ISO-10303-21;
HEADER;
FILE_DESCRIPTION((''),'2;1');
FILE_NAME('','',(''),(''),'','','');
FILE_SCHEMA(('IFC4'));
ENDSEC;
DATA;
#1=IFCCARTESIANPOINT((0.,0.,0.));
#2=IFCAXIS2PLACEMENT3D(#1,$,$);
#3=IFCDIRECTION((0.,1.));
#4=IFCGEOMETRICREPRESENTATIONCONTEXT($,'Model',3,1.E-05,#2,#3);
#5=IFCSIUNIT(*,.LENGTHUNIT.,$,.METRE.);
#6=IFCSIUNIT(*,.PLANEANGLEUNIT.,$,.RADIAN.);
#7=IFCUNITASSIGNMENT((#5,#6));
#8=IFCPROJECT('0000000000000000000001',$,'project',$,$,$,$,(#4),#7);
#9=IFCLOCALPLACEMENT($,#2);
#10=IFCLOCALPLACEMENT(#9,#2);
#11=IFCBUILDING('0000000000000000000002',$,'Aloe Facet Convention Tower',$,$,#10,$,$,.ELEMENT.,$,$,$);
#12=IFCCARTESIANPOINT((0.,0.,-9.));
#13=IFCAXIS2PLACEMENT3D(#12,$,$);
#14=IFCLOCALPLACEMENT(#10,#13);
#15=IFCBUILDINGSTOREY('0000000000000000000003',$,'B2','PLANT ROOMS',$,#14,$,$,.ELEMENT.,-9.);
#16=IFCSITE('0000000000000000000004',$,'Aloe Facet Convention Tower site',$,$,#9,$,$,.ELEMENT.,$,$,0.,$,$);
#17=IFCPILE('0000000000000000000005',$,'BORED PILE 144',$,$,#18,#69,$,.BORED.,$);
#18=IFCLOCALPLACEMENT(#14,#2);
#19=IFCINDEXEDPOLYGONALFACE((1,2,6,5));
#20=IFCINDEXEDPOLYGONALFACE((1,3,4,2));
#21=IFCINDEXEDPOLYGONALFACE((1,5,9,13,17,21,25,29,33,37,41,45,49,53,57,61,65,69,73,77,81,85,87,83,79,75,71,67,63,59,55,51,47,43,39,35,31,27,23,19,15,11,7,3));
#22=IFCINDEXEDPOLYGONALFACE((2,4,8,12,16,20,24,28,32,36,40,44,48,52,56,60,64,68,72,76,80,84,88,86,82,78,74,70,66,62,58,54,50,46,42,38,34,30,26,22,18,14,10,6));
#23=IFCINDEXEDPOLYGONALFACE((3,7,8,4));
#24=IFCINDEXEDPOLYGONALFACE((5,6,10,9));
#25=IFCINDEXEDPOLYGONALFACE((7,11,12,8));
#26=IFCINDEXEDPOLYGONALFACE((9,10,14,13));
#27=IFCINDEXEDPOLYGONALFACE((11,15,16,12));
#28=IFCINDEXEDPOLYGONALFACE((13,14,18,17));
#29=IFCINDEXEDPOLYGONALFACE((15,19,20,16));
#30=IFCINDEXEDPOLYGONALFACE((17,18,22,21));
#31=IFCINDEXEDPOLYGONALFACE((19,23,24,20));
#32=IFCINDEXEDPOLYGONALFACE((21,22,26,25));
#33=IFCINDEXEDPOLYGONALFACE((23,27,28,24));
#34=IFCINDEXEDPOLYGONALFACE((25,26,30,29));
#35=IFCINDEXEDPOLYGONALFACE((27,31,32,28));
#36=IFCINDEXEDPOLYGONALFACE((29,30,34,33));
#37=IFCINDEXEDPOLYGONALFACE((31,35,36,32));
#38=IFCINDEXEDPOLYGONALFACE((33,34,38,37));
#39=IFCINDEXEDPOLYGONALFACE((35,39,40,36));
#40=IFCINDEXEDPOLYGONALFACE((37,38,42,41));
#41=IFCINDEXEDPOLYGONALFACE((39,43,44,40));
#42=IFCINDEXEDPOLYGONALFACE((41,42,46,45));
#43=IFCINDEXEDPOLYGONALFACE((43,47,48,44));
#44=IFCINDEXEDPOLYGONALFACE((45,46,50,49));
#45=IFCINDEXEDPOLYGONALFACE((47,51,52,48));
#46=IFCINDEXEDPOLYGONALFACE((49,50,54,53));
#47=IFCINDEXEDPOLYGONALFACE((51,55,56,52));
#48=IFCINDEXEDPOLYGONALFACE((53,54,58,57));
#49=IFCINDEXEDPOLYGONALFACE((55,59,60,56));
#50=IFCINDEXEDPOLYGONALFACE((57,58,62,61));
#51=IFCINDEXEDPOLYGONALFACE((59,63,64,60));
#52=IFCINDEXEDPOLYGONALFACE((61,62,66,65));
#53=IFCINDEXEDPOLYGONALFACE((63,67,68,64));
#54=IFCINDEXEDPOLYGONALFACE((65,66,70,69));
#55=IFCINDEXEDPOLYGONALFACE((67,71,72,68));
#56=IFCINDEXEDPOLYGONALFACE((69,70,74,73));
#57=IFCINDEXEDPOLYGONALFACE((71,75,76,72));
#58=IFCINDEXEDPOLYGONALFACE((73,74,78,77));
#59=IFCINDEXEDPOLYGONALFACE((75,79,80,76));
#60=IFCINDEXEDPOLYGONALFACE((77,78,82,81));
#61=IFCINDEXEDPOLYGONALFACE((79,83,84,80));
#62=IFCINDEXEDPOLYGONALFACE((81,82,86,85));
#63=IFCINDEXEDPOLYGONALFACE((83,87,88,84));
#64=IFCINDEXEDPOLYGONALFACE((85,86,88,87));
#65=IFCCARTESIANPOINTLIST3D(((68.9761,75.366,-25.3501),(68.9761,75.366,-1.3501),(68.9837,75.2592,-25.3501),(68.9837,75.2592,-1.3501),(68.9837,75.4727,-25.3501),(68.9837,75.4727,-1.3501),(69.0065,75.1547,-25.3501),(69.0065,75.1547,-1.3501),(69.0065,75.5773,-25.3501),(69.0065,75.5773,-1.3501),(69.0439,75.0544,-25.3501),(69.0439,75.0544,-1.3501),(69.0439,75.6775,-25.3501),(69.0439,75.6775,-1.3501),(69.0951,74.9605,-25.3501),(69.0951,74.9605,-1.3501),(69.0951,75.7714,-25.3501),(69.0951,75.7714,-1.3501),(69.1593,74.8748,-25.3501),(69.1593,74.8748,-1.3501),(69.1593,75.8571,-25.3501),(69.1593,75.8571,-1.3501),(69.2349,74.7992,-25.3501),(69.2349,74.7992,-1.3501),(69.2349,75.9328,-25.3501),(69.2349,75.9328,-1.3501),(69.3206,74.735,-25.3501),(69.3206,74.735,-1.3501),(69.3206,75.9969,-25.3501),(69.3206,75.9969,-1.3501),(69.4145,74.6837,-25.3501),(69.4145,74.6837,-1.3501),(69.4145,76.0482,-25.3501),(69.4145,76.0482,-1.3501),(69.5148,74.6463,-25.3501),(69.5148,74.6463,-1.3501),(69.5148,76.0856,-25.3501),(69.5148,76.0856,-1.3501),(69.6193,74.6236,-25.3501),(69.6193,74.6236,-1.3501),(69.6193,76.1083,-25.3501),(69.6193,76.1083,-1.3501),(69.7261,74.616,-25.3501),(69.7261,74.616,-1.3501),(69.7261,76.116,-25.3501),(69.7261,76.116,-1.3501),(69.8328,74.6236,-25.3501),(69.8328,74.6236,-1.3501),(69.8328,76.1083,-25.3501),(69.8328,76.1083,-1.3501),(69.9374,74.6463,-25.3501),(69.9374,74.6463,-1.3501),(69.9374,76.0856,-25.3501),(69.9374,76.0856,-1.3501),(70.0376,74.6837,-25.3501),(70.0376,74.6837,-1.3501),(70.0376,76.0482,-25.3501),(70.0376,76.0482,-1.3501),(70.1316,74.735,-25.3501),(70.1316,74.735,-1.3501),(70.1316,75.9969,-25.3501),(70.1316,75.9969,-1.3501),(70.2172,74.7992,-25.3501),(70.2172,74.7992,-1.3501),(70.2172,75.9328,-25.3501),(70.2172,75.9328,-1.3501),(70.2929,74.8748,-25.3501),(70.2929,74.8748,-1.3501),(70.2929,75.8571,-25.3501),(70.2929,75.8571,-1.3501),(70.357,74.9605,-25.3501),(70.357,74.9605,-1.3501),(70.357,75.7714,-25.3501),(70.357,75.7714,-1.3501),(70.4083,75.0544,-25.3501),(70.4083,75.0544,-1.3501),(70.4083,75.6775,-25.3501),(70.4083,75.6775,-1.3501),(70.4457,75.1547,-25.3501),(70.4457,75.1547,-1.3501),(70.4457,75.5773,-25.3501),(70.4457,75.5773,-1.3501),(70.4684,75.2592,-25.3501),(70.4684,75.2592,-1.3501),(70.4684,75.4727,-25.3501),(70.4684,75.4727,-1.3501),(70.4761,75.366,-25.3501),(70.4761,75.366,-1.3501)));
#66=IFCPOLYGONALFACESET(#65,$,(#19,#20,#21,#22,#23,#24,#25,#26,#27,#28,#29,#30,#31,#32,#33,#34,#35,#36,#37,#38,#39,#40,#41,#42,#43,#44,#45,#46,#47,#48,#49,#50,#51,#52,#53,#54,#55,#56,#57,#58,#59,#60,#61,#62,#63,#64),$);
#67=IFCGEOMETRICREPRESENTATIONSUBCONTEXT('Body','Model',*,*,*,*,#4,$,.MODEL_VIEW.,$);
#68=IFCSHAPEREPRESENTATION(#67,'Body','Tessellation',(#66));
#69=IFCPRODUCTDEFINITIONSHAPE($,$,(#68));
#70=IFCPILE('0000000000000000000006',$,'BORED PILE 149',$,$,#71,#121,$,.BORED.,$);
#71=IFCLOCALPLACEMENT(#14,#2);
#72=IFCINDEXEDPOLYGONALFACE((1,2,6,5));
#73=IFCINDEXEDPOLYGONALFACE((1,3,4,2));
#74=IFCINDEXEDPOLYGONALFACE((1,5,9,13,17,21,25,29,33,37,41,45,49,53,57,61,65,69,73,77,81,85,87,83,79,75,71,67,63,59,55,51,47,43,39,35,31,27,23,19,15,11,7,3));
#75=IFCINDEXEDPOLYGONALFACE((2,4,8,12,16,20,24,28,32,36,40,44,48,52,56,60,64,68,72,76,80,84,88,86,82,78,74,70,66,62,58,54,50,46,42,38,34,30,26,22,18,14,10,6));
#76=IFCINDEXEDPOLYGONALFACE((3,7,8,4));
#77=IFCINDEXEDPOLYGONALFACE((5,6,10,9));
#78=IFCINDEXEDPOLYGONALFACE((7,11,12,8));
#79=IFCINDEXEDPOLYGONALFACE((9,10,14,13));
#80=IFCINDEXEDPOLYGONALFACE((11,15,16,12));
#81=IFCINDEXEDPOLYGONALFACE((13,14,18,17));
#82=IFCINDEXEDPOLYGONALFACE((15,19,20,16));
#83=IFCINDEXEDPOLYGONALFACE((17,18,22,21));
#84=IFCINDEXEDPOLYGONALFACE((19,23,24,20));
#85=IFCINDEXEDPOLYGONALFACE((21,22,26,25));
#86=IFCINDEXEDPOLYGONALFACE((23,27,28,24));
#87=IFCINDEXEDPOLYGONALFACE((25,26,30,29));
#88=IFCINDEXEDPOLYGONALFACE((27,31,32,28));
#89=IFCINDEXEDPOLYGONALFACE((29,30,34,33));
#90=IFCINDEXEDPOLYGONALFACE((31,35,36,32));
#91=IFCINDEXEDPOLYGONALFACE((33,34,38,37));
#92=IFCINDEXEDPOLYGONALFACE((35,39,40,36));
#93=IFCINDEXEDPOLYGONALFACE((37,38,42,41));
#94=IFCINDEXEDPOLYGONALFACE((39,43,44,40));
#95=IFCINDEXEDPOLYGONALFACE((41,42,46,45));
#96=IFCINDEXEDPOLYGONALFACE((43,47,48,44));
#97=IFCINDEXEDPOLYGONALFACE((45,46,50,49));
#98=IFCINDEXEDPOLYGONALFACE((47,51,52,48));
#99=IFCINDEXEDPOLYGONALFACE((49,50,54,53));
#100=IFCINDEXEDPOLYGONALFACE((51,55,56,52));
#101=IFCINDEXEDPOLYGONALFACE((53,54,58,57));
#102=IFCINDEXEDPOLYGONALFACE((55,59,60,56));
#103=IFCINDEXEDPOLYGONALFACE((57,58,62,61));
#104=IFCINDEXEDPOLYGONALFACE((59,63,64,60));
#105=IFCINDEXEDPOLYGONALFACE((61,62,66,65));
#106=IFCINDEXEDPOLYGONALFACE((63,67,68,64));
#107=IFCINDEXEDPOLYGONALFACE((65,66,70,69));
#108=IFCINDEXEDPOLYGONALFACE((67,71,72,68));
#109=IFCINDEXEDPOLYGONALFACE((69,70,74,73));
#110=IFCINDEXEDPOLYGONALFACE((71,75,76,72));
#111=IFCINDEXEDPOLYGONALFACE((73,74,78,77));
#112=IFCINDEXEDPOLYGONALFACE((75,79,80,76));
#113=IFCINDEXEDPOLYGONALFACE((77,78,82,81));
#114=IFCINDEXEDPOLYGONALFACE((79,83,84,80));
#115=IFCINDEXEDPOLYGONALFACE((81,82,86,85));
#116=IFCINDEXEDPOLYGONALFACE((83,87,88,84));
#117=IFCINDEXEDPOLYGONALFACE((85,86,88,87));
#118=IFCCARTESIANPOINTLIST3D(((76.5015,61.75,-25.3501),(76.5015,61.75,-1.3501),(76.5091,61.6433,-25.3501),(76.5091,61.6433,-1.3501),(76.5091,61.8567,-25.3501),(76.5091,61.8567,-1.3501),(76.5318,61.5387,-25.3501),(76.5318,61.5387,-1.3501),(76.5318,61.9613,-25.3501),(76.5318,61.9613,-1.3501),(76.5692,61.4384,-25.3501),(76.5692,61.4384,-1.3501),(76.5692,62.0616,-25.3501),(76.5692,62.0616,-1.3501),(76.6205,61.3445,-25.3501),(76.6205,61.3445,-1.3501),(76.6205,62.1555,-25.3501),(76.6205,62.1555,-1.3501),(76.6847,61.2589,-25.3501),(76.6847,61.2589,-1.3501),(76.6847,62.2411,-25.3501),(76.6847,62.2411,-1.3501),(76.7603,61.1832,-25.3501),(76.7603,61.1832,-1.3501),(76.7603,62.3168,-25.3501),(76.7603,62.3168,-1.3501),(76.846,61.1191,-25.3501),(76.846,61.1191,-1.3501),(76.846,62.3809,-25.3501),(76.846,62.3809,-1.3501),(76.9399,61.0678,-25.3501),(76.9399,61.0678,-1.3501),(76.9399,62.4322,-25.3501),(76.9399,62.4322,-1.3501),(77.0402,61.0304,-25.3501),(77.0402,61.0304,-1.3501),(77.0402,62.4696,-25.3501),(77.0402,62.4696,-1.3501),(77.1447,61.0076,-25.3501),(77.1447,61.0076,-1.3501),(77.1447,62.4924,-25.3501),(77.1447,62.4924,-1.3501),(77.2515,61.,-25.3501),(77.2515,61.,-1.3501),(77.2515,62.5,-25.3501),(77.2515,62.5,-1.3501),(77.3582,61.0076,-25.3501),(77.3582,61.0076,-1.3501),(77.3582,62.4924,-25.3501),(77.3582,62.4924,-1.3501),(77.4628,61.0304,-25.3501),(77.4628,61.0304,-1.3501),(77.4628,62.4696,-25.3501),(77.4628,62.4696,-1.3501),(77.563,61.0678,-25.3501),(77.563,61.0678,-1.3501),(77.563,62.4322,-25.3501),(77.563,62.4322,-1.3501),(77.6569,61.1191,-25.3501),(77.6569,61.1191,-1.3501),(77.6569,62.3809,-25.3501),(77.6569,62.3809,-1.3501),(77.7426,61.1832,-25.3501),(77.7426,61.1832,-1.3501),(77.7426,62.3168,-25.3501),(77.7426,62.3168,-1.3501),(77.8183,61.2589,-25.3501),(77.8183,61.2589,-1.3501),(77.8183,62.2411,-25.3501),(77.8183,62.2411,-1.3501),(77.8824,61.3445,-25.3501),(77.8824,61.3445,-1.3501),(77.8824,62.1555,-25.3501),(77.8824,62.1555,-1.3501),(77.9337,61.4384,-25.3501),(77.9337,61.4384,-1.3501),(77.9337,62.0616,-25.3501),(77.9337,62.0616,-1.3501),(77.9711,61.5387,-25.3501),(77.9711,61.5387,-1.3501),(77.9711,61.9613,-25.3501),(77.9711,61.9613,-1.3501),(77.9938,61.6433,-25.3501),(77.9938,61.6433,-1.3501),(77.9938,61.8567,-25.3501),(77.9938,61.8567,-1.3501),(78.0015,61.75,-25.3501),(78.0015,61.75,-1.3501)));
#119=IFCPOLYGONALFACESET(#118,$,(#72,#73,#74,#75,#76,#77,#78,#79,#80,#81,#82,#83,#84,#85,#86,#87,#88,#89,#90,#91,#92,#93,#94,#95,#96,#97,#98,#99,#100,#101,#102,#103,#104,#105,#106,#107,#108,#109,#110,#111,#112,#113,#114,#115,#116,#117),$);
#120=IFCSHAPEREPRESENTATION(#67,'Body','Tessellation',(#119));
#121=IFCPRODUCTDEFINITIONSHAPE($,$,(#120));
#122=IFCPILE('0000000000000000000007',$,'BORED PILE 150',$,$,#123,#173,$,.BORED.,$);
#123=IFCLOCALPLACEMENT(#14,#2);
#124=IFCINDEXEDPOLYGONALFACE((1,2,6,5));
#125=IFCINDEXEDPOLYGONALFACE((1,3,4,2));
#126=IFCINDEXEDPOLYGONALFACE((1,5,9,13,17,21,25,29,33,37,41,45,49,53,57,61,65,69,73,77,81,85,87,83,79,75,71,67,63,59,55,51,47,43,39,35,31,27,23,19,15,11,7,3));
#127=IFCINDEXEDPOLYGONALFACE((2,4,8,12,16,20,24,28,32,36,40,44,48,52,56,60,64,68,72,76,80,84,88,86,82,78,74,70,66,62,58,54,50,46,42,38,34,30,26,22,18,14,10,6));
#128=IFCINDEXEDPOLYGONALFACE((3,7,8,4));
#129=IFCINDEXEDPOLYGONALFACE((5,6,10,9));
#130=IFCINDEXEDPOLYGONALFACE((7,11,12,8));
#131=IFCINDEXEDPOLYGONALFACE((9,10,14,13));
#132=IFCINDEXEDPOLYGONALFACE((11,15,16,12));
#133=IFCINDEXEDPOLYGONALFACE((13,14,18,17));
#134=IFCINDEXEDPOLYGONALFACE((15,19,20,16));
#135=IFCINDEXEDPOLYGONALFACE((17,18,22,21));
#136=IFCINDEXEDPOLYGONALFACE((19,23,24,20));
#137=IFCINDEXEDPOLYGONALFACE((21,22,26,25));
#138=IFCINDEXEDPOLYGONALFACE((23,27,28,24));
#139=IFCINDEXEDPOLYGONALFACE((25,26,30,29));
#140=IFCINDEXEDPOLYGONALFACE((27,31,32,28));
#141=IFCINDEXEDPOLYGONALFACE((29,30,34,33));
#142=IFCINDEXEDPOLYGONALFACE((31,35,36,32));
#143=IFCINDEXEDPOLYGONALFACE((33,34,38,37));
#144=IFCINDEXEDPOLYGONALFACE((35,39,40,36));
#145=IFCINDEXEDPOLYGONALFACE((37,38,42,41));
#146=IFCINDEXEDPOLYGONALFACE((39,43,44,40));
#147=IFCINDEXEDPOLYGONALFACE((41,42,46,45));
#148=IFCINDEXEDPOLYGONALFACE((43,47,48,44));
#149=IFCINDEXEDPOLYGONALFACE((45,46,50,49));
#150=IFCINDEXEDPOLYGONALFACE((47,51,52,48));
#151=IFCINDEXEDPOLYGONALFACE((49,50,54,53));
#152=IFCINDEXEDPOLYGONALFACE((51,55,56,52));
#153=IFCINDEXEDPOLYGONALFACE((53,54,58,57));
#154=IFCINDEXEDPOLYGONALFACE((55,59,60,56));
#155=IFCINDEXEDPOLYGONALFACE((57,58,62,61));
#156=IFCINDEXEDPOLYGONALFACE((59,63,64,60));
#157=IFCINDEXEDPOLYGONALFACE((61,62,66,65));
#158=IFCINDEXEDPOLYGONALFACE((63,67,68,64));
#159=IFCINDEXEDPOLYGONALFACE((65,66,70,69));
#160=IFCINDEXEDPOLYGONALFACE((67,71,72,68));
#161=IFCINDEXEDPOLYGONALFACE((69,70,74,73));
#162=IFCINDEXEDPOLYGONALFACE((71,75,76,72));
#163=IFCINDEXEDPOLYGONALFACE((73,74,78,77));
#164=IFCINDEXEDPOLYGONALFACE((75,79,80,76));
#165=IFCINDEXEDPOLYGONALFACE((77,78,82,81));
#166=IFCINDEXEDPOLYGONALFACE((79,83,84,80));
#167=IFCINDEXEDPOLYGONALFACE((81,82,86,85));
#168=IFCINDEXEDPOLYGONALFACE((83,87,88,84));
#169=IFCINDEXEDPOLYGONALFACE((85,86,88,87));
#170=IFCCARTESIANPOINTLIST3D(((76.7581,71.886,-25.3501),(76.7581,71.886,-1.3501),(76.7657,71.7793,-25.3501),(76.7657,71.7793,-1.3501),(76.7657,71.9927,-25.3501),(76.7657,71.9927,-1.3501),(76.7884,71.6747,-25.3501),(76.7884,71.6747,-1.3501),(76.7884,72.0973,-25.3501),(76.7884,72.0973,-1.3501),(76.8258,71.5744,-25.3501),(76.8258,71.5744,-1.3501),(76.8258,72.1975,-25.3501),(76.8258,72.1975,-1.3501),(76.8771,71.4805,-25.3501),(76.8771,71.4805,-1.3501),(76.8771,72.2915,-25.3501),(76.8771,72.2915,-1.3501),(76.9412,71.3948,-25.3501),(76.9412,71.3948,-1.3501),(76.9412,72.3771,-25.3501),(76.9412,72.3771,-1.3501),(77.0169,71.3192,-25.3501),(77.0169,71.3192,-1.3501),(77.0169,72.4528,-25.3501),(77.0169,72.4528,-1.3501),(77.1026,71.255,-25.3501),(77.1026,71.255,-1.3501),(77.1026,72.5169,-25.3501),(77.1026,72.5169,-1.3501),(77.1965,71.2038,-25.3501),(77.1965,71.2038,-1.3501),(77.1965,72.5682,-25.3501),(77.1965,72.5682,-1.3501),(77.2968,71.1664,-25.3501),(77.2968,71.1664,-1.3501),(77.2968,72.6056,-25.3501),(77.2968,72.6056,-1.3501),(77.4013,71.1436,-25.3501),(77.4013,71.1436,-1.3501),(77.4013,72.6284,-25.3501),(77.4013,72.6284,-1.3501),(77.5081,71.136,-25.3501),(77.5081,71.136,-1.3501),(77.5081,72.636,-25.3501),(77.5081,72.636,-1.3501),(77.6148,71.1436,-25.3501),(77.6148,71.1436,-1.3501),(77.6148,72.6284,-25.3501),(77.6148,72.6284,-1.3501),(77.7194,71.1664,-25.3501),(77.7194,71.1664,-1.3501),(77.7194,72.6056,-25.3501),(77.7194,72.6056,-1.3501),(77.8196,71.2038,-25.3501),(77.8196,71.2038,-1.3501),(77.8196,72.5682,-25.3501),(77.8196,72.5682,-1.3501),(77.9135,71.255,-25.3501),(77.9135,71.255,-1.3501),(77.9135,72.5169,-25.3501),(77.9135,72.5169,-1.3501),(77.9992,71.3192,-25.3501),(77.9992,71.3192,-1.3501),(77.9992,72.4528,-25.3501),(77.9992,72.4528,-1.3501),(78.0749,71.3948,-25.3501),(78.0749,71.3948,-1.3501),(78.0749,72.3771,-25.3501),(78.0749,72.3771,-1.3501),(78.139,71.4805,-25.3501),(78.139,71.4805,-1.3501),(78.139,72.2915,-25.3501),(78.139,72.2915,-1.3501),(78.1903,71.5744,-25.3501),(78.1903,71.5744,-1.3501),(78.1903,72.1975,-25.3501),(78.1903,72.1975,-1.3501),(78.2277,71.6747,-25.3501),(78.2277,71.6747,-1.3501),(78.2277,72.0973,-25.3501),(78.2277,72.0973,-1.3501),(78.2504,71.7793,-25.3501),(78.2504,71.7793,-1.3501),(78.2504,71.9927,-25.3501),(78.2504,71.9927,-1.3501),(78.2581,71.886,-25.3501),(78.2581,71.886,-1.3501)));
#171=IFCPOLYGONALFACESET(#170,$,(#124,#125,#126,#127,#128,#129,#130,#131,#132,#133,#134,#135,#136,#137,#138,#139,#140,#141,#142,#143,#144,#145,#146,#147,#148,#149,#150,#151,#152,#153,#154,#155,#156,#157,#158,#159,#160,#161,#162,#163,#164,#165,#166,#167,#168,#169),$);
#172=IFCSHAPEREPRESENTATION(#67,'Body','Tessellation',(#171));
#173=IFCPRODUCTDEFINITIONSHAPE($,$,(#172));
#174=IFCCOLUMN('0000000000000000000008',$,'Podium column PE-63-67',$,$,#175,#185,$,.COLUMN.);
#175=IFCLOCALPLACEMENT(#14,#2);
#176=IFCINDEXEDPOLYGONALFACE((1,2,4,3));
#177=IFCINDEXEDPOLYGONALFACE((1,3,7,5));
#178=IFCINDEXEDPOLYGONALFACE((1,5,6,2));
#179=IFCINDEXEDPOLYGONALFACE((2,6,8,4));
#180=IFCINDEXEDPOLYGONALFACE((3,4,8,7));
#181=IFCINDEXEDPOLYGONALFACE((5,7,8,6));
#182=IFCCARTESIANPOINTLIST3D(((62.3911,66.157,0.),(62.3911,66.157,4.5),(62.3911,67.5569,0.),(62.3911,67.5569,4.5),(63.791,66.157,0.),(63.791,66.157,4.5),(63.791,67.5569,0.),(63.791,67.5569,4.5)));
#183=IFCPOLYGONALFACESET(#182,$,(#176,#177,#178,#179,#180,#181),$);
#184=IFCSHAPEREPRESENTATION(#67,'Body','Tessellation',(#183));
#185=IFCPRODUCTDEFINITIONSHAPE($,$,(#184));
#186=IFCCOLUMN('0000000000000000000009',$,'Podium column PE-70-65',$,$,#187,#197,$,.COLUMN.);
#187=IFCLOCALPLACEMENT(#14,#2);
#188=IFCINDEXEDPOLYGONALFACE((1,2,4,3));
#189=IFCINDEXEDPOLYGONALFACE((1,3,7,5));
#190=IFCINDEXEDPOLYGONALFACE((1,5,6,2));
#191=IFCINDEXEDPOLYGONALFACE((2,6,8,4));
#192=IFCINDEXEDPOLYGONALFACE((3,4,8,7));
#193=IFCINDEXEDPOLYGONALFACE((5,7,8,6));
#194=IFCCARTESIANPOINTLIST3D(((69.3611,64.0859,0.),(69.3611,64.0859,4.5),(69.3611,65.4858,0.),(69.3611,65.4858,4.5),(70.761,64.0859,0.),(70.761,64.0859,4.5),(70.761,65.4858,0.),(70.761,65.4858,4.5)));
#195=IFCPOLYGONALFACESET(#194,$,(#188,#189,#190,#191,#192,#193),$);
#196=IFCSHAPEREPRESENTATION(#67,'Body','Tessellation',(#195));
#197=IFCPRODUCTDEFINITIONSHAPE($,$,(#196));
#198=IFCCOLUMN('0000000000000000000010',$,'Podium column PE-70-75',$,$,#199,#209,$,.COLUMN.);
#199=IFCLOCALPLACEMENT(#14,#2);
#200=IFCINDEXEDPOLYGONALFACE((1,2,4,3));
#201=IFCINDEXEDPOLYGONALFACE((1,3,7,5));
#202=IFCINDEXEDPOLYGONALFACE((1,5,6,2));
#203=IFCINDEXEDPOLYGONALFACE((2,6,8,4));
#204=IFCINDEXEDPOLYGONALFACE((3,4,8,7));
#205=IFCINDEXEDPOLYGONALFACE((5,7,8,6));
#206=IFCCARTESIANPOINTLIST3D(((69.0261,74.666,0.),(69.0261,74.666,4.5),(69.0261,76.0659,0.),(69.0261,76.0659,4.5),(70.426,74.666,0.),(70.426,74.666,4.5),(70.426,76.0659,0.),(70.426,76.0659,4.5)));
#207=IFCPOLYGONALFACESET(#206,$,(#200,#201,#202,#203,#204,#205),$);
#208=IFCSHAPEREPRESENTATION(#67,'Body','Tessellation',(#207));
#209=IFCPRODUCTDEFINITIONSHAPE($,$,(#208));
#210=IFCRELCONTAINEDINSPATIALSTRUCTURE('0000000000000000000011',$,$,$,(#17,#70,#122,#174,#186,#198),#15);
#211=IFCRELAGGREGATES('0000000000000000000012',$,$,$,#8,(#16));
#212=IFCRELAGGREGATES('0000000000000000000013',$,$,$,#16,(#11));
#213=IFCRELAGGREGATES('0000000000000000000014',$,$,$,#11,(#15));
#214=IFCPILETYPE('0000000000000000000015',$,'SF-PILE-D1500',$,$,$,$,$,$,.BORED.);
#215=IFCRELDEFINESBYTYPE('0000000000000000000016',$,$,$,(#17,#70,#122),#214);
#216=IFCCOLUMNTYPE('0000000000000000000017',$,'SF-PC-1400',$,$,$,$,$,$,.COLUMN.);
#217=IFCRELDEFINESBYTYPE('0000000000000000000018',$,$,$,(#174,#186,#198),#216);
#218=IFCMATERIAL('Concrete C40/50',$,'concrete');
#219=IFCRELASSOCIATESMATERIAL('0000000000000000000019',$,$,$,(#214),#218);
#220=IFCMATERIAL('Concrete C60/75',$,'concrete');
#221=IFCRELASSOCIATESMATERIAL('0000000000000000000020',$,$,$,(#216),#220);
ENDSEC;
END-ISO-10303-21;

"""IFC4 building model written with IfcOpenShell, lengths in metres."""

from ifc_helpers import new_model, si_unit, direction, frame, origin, origin_2d, place, context, subcontext, project, spatial, rectangle, circle, extrude, material, material_profile, profile_set, type_object, element, save


model = new_model("IFC4")

# Units and contexts
model_context = context("Model", 3, precision=1e-05, world=origin(), true_north=direction((0.0, 1.0)))
body_context = subcontext(model_context, "Body", "Model", "MODEL_VIEW")
ifc_project = project(units=[si_unit("LENGTHUNIT", "METRE"), si_unit("PLANEANGLEUNIT", "RADIAN")], contexts=[model_context])

# Site, building, storey
site_placement = place(None, origin())
site = spatial("IfcSite", under=ifc_project, at=site_placement, Name="Aloe Facet Convention Tower site", CompositionType="ELEMENT", RefElevation=0.0)
building_placement = place(site_placement, origin())
building = spatial("IfcBuilding", under=site, at=building_placement, Name="Aloe Facet Convention Tower", CompositionType="ELEMENT")
storey_placement = place(building_placement, frame((0.0, 0.0, -9.0)))
storey = spatial("IfcBuildingStorey", under=building, at=storey_placement, Name="B2", Description="PLANT ROOMS", CompositionType="ELEMENT", Elevation=-9.0)

# Piles
ifc_material_1 = material(Name="Concrete C40/50", Category="concrete")
ifc_material_profile_1 = material_profile(ifc_material_1, circle(Radius=0.75, at=origin_2d()), Name="D1500")
ifc_profile_set_1 = profile_set([ifc_material_profile_1], Name="Concrete C40/50")
pile_type = type_object("IfcPileType", Name="SF-PILE-D1500", PredefinedType="BORED", material=ifc_profile_set_1)
for number, where, z_axis, x_axis, name in (
    (1, (69.7261, 75.366, -1.3501), (0.0, 0.0, -1.0), (1.0, 0.0, 0.0), "BORED PILE 144"),
    (2, (77.2515, 61.75, -1.3501), (0.0, 0.0, -1.0), (1.0, 0.0, 0.0), "BORED PILE 149"),
    (3, (77.5081, 71.886, -1.3501), (0.0, 0.0, -1.0), (1.0, 0.0, 0.0), "BORED PILE 150"),
):
    element("IfcPile", number, at=place(storey_placement, frame(where, z_axis=z_axis, x_axis=x_axis)), inside=storey, type_object=pile_type, Name=name, PredefinedType="BORED", context=body_context, shape_type="SweptSolid", body=[
        extrude(circle(Radius=0.75, at=origin_2d()), origin(), (0.0, 0.0, 1.0), 24.0),
    ])

# Columns
ifc_material_2 = material(Name="Concrete C60/75", Category="concrete")
ifc_material_profile_2 = material_profile(ifc_material_2, rectangle(XDim=1.3999, YDim=1.3999, at=origin_2d()), Name="SF-PC-1400")
ifc_profile_set_2 = profile_set([ifc_material_profile_2], Name="Concrete C60/75")
column_type = type_object("IfcColumnType", Name="SF-PC-1400", PredefinedType="COLUMN", material=ifc_profile_set_2)
for number, where, z_axis, x_axis, name in (
    (4, (63.0911, 66.8569, 0.0), (0.0, 0.0, 1.0), (1.0, 0.0, 0.0), "Podium column PE-63-67"),
    (5, (70.061, 64.7859, 0.0), (0.0, 0.0, 1.0), (1.0, 0.0, 0.0), "Podium column PE-70-65"),
    (6, (69.7261, 75.366, 0.0), (0.0, 0.0, 1.0), (1.0, 0.0, 0.0), "Podium column PE-70-75"),
):
    element("IfcColumn", number, at=place(storey_placement, frame(where, z_axis=z_axis, x_axis=x_axis)), inside=storey, type_object=column_type, Name=name, PredefinedType="COLUMN", context=body_context, shape_type="SweptSolid", body=[
        extrude(rectangle(XDim=1.3999, YDim=1.3999, at=origin_2d()), origin(), (0.0, 0.0, 1.0), 4.5),
    ])

save(model, "model.ifc")
